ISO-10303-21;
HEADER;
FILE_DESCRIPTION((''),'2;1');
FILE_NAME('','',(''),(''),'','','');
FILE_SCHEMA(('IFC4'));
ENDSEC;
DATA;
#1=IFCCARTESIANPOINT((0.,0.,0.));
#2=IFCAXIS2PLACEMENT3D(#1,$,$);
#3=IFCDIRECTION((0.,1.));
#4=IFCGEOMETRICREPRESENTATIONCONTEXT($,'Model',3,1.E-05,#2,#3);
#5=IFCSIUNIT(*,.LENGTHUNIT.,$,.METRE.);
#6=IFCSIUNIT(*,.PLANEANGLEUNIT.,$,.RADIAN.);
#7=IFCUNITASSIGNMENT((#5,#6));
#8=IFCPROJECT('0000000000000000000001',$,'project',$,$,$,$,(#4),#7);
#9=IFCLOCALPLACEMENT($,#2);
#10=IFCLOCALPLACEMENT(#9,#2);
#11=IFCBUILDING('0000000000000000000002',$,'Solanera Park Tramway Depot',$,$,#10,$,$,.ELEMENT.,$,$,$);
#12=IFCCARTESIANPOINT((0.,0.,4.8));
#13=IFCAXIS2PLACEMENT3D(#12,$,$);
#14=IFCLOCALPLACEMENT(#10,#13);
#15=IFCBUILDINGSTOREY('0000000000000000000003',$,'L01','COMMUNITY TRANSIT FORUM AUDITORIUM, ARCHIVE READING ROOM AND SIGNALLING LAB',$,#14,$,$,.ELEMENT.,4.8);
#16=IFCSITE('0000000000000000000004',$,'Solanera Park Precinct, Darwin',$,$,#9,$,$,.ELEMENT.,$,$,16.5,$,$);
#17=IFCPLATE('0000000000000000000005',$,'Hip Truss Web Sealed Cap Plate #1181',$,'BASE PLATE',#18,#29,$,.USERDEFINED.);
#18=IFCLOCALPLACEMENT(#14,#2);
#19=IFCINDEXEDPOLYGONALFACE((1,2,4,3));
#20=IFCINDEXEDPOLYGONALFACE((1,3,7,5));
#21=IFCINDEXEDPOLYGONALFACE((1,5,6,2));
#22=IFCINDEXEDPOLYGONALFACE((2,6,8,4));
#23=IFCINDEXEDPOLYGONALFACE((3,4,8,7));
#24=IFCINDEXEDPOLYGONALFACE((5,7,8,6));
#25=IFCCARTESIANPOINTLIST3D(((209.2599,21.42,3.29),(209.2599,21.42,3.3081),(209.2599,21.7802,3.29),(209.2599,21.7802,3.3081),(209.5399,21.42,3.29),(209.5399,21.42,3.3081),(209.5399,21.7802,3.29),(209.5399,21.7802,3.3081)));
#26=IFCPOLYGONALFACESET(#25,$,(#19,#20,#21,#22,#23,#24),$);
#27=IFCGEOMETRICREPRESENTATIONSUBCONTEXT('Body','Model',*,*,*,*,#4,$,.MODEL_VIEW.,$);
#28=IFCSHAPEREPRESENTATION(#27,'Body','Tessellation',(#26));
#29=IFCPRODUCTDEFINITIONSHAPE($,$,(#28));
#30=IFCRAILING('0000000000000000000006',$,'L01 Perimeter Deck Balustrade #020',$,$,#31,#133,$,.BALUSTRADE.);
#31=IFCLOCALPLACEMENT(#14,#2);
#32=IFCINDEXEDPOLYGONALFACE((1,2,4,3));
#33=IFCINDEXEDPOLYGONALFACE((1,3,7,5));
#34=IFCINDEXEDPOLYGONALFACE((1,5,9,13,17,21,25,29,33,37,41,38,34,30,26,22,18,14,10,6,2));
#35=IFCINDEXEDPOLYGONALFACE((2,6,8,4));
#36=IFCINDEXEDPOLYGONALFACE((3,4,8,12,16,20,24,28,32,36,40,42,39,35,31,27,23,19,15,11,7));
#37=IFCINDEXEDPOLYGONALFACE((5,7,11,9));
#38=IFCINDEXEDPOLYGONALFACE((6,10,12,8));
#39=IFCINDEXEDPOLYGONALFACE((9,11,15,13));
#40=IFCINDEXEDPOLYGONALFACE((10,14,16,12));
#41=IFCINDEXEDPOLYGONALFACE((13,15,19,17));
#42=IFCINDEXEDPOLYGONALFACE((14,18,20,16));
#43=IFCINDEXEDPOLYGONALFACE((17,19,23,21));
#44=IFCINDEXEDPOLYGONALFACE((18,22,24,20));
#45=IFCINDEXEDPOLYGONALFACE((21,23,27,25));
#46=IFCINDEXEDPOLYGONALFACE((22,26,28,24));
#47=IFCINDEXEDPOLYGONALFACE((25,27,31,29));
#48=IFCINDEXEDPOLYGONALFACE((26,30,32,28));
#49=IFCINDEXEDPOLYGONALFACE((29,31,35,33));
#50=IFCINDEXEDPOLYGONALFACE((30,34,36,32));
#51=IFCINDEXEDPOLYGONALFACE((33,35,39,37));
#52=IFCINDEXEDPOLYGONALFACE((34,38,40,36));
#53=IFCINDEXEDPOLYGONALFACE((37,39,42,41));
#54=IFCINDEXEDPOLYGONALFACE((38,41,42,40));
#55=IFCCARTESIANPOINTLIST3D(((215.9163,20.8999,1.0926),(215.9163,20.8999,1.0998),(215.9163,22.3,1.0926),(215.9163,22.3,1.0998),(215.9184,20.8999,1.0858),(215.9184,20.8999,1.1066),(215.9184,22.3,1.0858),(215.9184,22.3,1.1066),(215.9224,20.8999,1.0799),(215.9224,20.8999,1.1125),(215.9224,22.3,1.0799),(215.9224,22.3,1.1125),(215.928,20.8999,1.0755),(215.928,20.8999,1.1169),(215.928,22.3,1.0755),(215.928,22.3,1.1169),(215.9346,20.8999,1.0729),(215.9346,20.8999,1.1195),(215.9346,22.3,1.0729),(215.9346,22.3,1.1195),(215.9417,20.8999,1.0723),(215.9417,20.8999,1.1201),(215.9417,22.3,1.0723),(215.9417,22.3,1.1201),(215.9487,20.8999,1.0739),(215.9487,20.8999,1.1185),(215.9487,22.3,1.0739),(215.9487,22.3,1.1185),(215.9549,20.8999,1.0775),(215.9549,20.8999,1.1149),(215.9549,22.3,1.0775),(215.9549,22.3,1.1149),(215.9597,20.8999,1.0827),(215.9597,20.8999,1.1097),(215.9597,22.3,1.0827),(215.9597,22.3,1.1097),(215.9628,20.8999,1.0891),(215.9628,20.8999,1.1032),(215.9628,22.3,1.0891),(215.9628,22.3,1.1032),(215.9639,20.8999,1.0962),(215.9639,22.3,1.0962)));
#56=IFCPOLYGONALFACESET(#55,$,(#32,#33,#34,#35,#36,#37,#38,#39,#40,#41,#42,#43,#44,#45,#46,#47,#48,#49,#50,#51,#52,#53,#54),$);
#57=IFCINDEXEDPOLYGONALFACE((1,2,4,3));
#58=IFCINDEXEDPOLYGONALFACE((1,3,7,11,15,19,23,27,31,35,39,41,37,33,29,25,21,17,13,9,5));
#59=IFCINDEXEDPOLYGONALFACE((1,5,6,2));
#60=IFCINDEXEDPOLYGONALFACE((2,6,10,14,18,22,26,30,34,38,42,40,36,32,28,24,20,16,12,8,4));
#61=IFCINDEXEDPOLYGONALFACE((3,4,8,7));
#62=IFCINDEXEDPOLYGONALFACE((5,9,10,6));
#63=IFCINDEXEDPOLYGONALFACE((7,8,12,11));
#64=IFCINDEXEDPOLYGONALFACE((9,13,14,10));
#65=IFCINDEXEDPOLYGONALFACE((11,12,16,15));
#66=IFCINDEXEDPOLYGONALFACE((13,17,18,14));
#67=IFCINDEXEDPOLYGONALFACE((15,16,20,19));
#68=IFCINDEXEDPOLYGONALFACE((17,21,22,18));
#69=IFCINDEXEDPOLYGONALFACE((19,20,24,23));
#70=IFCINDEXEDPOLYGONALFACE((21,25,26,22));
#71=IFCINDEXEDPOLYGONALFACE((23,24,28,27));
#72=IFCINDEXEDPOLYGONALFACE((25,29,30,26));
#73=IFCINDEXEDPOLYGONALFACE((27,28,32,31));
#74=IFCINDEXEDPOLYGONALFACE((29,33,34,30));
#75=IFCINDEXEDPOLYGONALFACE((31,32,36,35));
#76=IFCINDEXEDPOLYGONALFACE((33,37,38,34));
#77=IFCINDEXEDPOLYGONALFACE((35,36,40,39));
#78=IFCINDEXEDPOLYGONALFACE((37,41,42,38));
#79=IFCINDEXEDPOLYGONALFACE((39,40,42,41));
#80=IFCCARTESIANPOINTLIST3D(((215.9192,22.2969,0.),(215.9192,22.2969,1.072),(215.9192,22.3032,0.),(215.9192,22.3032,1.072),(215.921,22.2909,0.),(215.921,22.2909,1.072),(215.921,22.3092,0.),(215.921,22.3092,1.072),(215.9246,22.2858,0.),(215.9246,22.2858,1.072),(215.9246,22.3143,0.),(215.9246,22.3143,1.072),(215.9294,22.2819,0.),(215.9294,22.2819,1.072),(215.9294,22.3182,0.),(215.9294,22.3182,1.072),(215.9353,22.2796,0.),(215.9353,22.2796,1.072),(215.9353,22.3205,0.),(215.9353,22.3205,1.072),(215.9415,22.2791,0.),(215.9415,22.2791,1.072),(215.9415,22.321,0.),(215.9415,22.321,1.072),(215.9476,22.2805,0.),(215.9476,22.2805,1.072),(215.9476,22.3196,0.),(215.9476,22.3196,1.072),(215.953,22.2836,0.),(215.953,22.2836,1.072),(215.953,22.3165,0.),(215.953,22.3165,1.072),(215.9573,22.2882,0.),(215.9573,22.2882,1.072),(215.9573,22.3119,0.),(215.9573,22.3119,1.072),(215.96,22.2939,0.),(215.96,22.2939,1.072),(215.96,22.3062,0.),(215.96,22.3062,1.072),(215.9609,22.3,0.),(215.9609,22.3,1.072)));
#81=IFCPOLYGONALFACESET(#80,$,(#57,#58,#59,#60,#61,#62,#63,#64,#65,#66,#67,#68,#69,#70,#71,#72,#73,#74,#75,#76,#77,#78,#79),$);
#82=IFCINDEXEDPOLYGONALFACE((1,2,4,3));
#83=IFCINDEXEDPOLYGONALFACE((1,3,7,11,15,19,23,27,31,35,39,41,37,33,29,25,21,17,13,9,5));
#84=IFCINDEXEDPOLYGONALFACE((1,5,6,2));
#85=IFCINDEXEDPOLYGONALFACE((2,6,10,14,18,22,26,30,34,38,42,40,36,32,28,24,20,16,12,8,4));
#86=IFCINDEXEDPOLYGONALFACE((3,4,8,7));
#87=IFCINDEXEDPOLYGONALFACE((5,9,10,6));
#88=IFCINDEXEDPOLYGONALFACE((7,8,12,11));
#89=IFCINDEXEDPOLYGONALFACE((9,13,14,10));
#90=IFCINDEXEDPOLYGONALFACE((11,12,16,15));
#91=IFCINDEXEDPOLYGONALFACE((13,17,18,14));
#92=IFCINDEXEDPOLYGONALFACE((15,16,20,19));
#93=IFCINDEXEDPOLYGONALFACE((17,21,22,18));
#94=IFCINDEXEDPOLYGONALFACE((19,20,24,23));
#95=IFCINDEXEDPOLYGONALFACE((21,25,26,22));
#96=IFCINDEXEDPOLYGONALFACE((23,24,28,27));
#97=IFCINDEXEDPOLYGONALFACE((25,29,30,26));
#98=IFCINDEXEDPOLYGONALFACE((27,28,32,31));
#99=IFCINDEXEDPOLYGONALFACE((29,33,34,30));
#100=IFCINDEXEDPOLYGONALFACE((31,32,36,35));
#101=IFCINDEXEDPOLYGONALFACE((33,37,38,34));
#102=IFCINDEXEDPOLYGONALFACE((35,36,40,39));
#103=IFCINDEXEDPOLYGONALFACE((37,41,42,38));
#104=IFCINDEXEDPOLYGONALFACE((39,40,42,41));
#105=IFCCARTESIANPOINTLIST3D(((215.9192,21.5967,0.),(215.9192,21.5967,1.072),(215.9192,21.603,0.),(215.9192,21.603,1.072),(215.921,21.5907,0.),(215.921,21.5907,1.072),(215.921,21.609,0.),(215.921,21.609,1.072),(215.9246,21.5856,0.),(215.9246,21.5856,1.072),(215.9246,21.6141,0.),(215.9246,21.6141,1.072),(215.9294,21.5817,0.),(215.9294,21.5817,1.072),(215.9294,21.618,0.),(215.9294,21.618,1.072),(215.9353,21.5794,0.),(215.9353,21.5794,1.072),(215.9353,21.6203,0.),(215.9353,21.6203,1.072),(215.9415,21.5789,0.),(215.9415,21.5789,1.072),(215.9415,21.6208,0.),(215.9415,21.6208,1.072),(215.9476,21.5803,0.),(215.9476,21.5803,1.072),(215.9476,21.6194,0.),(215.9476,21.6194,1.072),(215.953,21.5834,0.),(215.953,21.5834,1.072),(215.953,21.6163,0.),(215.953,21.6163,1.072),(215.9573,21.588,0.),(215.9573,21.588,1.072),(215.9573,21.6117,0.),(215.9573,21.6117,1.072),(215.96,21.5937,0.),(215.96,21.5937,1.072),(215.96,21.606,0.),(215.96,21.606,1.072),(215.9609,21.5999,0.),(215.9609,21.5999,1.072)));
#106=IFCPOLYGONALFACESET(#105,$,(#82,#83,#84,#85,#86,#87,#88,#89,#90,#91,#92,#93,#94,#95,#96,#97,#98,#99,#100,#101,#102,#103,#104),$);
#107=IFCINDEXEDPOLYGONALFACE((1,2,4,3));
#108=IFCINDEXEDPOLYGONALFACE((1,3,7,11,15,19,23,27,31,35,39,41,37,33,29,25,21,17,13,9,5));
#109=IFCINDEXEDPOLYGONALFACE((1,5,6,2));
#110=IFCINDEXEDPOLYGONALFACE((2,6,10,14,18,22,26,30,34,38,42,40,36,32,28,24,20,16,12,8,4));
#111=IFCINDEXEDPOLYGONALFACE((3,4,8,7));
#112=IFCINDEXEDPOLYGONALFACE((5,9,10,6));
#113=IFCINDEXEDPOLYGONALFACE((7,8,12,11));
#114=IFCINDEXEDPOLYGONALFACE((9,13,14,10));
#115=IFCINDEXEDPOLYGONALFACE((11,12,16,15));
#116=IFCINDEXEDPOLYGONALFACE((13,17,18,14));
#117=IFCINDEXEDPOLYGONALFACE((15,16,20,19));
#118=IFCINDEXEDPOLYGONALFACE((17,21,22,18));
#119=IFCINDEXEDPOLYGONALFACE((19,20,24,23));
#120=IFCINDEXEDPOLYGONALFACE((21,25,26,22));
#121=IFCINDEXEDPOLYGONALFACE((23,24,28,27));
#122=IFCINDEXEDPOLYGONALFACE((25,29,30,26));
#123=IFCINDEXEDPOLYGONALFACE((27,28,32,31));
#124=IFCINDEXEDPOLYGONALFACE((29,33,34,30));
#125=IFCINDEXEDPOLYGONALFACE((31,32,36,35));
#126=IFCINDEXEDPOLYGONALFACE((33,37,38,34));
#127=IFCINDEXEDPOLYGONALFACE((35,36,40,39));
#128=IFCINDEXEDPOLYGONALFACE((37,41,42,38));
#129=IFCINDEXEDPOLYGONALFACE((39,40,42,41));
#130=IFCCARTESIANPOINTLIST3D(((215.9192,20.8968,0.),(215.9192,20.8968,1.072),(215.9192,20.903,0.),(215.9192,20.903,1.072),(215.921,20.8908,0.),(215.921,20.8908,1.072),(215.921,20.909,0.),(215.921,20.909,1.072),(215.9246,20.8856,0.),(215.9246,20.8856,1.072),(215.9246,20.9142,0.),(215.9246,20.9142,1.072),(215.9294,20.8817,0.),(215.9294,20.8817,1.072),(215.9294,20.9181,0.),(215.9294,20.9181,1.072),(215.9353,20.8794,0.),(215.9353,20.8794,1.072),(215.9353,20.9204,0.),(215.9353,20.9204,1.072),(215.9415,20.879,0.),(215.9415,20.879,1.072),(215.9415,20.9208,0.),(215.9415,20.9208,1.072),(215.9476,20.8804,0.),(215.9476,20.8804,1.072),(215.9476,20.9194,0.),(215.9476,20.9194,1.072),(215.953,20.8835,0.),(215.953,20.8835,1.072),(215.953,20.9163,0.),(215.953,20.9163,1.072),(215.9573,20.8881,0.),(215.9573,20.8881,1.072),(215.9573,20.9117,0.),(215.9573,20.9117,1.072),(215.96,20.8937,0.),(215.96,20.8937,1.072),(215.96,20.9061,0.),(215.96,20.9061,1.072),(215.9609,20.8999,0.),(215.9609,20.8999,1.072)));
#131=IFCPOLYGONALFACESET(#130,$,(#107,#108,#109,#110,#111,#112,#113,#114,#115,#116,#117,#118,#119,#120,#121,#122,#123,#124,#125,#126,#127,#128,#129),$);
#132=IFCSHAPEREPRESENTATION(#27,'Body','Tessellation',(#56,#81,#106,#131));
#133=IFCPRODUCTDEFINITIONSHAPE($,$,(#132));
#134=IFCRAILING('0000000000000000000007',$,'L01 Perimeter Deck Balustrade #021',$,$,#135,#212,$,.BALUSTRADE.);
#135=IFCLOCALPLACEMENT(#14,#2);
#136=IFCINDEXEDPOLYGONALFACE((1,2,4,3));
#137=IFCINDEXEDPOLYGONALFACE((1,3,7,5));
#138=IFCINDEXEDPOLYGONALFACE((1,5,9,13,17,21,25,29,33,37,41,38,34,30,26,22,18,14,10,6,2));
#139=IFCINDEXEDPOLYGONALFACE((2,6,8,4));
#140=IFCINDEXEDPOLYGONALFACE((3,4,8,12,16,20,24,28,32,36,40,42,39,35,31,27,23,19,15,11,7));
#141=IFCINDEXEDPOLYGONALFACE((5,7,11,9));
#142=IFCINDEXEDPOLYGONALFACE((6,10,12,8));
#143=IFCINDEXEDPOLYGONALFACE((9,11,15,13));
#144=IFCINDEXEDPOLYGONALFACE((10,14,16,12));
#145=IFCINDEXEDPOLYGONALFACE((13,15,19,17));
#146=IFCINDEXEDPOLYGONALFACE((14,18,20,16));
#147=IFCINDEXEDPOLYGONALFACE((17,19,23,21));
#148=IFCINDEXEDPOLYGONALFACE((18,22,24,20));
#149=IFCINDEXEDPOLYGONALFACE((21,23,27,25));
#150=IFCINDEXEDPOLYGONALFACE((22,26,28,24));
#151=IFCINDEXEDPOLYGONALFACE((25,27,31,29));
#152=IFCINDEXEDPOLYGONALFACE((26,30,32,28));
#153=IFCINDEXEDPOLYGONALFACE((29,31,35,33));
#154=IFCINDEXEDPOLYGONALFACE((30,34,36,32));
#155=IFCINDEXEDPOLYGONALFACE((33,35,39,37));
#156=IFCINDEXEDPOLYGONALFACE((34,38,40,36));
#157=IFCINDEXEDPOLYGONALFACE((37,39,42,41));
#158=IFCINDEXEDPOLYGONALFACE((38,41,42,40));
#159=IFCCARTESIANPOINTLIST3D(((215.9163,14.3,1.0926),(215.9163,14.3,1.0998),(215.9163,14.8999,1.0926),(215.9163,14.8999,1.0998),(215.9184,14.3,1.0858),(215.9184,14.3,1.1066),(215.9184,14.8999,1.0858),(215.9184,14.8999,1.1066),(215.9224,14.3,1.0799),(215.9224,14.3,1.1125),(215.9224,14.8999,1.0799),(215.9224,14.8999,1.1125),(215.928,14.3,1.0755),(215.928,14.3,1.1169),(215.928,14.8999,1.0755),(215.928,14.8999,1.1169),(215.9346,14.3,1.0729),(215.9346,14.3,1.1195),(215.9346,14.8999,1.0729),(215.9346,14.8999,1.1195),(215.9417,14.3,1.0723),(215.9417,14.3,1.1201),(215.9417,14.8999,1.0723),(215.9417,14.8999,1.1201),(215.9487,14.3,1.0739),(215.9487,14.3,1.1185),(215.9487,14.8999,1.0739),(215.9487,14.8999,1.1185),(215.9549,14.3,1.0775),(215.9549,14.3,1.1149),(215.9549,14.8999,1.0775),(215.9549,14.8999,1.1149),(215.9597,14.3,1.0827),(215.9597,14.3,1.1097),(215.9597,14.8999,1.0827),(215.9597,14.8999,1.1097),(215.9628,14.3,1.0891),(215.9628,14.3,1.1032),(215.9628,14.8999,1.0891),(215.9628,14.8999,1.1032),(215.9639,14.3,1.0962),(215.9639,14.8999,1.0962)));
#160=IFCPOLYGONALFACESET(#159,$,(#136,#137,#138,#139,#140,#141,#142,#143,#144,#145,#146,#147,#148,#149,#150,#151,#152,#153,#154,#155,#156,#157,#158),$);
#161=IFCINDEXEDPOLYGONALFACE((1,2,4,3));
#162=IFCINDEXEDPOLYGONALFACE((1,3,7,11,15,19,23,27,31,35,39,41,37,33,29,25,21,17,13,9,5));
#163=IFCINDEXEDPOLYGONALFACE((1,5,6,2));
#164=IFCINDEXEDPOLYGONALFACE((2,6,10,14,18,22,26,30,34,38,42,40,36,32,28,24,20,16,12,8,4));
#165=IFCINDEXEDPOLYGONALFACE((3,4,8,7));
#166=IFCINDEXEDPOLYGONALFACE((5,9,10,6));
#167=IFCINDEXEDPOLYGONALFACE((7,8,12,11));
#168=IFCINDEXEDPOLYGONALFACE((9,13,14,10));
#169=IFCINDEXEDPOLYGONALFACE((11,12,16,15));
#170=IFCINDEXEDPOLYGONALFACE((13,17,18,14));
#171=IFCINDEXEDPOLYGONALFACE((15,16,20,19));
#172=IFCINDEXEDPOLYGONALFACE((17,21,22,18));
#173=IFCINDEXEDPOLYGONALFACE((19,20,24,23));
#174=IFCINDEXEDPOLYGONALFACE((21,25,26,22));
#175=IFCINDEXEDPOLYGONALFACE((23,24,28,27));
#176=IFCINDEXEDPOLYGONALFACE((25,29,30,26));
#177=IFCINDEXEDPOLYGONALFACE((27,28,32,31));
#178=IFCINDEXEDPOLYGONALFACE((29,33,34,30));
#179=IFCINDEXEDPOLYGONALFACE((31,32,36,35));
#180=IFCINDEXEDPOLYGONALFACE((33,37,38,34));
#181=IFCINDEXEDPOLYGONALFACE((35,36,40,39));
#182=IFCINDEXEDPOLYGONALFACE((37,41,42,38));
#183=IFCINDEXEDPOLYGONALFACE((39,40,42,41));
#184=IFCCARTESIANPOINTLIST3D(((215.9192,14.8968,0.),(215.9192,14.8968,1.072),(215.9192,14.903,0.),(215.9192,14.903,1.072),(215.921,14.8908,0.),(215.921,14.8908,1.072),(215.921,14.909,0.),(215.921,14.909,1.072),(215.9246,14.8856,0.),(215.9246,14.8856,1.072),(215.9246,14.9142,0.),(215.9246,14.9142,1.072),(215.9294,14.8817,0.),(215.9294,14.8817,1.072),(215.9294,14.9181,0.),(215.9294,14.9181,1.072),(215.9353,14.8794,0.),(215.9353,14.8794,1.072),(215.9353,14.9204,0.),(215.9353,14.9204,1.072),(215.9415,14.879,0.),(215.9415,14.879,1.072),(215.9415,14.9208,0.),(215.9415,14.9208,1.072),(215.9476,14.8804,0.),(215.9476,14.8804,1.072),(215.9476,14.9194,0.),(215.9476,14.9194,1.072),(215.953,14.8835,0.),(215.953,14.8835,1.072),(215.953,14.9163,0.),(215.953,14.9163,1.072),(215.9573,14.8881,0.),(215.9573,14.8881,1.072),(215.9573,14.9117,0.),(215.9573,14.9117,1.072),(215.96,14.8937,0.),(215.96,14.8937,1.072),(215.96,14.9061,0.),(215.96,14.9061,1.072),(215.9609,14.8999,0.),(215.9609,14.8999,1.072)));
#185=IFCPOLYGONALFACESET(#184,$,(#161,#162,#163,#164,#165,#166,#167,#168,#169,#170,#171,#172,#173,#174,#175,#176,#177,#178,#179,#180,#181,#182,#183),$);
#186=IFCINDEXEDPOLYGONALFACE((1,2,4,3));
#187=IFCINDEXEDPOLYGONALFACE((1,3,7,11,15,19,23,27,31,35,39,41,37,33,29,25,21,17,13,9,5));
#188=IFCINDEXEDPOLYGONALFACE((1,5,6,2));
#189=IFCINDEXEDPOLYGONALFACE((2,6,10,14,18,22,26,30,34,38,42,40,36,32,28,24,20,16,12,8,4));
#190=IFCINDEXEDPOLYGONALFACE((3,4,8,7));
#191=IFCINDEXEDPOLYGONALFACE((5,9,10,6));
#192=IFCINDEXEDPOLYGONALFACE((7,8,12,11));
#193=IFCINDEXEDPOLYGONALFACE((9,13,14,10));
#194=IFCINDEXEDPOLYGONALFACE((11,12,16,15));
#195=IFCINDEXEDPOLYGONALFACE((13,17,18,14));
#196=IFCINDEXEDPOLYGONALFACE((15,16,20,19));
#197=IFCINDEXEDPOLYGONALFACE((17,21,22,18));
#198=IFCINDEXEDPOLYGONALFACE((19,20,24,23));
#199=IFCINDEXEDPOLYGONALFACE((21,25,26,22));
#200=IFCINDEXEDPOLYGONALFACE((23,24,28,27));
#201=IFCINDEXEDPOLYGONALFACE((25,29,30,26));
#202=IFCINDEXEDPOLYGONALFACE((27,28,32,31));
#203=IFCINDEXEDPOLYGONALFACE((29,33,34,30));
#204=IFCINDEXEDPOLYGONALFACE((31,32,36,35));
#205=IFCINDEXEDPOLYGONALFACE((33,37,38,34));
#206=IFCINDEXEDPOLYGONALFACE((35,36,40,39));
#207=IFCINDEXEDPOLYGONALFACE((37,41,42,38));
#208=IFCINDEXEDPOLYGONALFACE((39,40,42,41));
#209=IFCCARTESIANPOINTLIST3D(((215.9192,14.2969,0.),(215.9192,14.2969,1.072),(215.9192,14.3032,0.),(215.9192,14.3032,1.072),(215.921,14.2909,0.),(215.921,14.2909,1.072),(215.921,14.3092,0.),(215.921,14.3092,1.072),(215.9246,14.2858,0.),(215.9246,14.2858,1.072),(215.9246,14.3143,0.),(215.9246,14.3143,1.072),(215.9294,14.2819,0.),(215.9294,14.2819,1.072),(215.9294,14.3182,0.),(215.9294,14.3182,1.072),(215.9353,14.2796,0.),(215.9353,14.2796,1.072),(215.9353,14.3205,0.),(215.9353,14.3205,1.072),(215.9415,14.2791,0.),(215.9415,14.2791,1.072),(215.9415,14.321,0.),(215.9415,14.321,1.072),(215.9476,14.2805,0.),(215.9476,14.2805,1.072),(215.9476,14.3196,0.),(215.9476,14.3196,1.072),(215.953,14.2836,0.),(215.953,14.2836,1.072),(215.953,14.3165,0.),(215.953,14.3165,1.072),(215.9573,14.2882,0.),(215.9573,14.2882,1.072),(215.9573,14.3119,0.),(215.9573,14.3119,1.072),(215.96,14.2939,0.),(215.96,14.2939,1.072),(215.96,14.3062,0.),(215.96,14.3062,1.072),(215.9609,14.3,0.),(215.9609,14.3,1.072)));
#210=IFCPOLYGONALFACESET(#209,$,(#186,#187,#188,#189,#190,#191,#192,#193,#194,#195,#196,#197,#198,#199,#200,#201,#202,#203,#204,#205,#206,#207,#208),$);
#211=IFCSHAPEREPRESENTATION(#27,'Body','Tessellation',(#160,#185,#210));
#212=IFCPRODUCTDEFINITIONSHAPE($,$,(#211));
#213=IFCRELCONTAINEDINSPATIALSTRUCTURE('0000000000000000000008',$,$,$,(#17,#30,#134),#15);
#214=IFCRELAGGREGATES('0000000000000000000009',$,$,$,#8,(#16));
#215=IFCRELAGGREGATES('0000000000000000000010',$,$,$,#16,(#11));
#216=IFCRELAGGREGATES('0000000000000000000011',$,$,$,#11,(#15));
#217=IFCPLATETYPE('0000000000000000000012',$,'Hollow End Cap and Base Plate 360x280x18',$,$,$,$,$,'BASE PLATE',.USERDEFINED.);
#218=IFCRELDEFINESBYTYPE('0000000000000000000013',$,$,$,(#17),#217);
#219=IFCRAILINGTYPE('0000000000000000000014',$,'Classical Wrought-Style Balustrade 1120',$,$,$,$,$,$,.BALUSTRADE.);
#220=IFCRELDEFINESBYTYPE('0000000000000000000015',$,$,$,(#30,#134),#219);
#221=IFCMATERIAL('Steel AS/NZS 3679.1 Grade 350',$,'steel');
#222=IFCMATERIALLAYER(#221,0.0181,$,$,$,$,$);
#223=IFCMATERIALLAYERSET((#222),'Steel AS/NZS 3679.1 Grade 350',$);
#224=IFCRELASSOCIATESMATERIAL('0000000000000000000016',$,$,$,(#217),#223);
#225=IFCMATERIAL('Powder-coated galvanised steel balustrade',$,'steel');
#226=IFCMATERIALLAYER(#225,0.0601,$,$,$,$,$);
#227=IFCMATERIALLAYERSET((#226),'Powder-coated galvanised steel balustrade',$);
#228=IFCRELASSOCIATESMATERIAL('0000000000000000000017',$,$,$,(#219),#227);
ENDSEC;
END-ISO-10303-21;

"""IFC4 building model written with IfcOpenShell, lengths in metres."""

from ifc_helpers import new_model, si_unit, direction, frame, origin, origin_2d, place, context, subcontext, project, spatial, rectangle, circle, extrude, material, layer, layer_set, type_object, element, save


model = new_model("IFC4")

# Units and contexts
model_context = context("Model", 3, precision=1e-05, world=origin(), true_north=direction((0.0, 1.0)))
body_context = subcontext(model_context, "Body", "Model", "MODEL_VIEW")
ifc_project = project(units=[si_unit("LENGTHUNIT", "METRE"), si_unit("PLANEANGLEUNIT", "RADIAN")], contexts=[model_context])

# Site, building, storey
site_placement = place(None, origin())
site = spatial("IfcSite", under=ifc_project, at=site_placement, Name="Solanera Park Precinct, Darwin", CompositionType="ELEMENT", RefElevation=16.5)
building_placement = place(site_placement, origin())
building = spatial("IfcBuilding", under=site, at=building_placement, Name="Solanera Park Tramway Depot", CompositionType="ELEMENT")
storey_placement = place(building_placement, frame((0.0, 0.0, 4.8)))
storey = spatial("IfcBuildingStorey", under=building, at=storey_placement, Name="L01", Description="COMMUNITY TRANSIT FORUM AUDITORIUM, ARCHIVE READING ROOM AND SIGNALLING LAB", CompositionType="ELEMENT", Elevation=4.8)

# Plate
ifc_material_1 = material(Name="Steel AS/NZS 3679.1 Grade 350", Category="steel")
ifc_layer_1 = layer(ifc_material_1, 0.0181)
ifc_layer_set_1 = layer_set([ifc_layer_1], Name="Steel AS/NZS 3679.1 Grade 350")
plate_type_1 = type_object("IfcPlateType", Name="Hollow End Cap and Base Plate 360x280x18", ElementType="BASE PLATE", PredefinedType="USERDEFINED", material=ifc_layer_set_1)
plate_1_placement = place(storey_placement, frame((209.3999, 21.6001, 3.29), z_axis=(0.0, 0.0, 1.0), x_axis=(1.0, 0.0, 0.0)))
element("IfcPlate", 1, at=plate_1_placement, inside=storey, type_object=plate_type_1, Name="Hip Truss Web Sealed Cap Plate #1181", ObjectType="BASE PLATE", PredefinedType="USERDEFINED", context=body_context, shape_type="SweptSolid", body=[
    extrude(rectangle(XDim=0.28, YDim=0.3601, at=origin_2d()), origin(), (0.0, 0.0, 1.0), 0.0181),
])

# Railings
ifc_material_2 = material(Name="Powder-coated galvanised steel balustrade", Category="steel")
ifc_layer_2 = layer(ifc_material_2, 0.0601)
ifc_layer_set_2 = layer_set([ifc_layer_2], Name="Powder-coated galvanised steel balustrade")
railing_type = type_object("IfcRailingType", Name="Classical Wrought-Style Balustrade 1120", PredefinedType="BALUSTRADE", material=ifc_layer_set_2)
railing_1_placement = place(storey_placement, frame((215.9399, 22.3, 0.0)))
element("IfcRailing", 2, at=railing_1_placement, inside=storey, type_object=railing_type, Name="L01 Perimeter Deck Balustrade #020", PredefinedType="BALUSTRADE", context=body_context, shape_type="SweptSolid", body=[
    extrude(circle(Radius=0.0239, at=origin_2d()), frame((0.0, 0.0, 1.0962), z_axis=(0.0, -1.0, 0.0), x_axis=(1.0, 0.0, 0.0)), (0.0, 0.0, 1.0), 1.4001),
    extrude(circle(Radius=0.021, at=origin_2d()), origin(), (0.0, 0.0, 1.0), 1.072),
    extrude(circle(Radius=0.021, at=origin_2d()), frame((0.0, -0.7002, 0.0)), (0.0, 0.0, 1.0), 1.072),
    extrude(circle(Radius=0.021, at=origin_2d()), frame((0.0, -1.4001, 0.0)), (0.0, 0.0, 1.0), 1.072),
])
railing_2_placement = place(storey_placement, frame((215.9399, 14.8999, 0.0)))
element("IfcRailing", 3, at=railing_2_placement, inside=storey, type_object=railing_type, Name="L01 Perimeter Deck Balustrade #021", PredefinedType="BALUSTRADE", context=body_context, shape_type="SweptSolid", body=[
    extrude(circle(Radius=0.0239, at=origin_2d()), frame((0.0, 0.0, 1.0962), z_axis=(0.0, -1.0, 0.0), x_axis=(1.0, 0.0, 0.0)), (0.0, 0.0, 1.0), 0.5999),
    extrude(circle(Radius=0.021, at=origin_2d()), origin(), (0.0, 0.0, 1.0), 1.072),
    extrude(circle(Radius=0.021, at=origin_2d()), frame((0.0, -0.5999, 0.0)), (0.0, 0.0, 1.0), 1.072),
])

save(model, "model.ifc")
